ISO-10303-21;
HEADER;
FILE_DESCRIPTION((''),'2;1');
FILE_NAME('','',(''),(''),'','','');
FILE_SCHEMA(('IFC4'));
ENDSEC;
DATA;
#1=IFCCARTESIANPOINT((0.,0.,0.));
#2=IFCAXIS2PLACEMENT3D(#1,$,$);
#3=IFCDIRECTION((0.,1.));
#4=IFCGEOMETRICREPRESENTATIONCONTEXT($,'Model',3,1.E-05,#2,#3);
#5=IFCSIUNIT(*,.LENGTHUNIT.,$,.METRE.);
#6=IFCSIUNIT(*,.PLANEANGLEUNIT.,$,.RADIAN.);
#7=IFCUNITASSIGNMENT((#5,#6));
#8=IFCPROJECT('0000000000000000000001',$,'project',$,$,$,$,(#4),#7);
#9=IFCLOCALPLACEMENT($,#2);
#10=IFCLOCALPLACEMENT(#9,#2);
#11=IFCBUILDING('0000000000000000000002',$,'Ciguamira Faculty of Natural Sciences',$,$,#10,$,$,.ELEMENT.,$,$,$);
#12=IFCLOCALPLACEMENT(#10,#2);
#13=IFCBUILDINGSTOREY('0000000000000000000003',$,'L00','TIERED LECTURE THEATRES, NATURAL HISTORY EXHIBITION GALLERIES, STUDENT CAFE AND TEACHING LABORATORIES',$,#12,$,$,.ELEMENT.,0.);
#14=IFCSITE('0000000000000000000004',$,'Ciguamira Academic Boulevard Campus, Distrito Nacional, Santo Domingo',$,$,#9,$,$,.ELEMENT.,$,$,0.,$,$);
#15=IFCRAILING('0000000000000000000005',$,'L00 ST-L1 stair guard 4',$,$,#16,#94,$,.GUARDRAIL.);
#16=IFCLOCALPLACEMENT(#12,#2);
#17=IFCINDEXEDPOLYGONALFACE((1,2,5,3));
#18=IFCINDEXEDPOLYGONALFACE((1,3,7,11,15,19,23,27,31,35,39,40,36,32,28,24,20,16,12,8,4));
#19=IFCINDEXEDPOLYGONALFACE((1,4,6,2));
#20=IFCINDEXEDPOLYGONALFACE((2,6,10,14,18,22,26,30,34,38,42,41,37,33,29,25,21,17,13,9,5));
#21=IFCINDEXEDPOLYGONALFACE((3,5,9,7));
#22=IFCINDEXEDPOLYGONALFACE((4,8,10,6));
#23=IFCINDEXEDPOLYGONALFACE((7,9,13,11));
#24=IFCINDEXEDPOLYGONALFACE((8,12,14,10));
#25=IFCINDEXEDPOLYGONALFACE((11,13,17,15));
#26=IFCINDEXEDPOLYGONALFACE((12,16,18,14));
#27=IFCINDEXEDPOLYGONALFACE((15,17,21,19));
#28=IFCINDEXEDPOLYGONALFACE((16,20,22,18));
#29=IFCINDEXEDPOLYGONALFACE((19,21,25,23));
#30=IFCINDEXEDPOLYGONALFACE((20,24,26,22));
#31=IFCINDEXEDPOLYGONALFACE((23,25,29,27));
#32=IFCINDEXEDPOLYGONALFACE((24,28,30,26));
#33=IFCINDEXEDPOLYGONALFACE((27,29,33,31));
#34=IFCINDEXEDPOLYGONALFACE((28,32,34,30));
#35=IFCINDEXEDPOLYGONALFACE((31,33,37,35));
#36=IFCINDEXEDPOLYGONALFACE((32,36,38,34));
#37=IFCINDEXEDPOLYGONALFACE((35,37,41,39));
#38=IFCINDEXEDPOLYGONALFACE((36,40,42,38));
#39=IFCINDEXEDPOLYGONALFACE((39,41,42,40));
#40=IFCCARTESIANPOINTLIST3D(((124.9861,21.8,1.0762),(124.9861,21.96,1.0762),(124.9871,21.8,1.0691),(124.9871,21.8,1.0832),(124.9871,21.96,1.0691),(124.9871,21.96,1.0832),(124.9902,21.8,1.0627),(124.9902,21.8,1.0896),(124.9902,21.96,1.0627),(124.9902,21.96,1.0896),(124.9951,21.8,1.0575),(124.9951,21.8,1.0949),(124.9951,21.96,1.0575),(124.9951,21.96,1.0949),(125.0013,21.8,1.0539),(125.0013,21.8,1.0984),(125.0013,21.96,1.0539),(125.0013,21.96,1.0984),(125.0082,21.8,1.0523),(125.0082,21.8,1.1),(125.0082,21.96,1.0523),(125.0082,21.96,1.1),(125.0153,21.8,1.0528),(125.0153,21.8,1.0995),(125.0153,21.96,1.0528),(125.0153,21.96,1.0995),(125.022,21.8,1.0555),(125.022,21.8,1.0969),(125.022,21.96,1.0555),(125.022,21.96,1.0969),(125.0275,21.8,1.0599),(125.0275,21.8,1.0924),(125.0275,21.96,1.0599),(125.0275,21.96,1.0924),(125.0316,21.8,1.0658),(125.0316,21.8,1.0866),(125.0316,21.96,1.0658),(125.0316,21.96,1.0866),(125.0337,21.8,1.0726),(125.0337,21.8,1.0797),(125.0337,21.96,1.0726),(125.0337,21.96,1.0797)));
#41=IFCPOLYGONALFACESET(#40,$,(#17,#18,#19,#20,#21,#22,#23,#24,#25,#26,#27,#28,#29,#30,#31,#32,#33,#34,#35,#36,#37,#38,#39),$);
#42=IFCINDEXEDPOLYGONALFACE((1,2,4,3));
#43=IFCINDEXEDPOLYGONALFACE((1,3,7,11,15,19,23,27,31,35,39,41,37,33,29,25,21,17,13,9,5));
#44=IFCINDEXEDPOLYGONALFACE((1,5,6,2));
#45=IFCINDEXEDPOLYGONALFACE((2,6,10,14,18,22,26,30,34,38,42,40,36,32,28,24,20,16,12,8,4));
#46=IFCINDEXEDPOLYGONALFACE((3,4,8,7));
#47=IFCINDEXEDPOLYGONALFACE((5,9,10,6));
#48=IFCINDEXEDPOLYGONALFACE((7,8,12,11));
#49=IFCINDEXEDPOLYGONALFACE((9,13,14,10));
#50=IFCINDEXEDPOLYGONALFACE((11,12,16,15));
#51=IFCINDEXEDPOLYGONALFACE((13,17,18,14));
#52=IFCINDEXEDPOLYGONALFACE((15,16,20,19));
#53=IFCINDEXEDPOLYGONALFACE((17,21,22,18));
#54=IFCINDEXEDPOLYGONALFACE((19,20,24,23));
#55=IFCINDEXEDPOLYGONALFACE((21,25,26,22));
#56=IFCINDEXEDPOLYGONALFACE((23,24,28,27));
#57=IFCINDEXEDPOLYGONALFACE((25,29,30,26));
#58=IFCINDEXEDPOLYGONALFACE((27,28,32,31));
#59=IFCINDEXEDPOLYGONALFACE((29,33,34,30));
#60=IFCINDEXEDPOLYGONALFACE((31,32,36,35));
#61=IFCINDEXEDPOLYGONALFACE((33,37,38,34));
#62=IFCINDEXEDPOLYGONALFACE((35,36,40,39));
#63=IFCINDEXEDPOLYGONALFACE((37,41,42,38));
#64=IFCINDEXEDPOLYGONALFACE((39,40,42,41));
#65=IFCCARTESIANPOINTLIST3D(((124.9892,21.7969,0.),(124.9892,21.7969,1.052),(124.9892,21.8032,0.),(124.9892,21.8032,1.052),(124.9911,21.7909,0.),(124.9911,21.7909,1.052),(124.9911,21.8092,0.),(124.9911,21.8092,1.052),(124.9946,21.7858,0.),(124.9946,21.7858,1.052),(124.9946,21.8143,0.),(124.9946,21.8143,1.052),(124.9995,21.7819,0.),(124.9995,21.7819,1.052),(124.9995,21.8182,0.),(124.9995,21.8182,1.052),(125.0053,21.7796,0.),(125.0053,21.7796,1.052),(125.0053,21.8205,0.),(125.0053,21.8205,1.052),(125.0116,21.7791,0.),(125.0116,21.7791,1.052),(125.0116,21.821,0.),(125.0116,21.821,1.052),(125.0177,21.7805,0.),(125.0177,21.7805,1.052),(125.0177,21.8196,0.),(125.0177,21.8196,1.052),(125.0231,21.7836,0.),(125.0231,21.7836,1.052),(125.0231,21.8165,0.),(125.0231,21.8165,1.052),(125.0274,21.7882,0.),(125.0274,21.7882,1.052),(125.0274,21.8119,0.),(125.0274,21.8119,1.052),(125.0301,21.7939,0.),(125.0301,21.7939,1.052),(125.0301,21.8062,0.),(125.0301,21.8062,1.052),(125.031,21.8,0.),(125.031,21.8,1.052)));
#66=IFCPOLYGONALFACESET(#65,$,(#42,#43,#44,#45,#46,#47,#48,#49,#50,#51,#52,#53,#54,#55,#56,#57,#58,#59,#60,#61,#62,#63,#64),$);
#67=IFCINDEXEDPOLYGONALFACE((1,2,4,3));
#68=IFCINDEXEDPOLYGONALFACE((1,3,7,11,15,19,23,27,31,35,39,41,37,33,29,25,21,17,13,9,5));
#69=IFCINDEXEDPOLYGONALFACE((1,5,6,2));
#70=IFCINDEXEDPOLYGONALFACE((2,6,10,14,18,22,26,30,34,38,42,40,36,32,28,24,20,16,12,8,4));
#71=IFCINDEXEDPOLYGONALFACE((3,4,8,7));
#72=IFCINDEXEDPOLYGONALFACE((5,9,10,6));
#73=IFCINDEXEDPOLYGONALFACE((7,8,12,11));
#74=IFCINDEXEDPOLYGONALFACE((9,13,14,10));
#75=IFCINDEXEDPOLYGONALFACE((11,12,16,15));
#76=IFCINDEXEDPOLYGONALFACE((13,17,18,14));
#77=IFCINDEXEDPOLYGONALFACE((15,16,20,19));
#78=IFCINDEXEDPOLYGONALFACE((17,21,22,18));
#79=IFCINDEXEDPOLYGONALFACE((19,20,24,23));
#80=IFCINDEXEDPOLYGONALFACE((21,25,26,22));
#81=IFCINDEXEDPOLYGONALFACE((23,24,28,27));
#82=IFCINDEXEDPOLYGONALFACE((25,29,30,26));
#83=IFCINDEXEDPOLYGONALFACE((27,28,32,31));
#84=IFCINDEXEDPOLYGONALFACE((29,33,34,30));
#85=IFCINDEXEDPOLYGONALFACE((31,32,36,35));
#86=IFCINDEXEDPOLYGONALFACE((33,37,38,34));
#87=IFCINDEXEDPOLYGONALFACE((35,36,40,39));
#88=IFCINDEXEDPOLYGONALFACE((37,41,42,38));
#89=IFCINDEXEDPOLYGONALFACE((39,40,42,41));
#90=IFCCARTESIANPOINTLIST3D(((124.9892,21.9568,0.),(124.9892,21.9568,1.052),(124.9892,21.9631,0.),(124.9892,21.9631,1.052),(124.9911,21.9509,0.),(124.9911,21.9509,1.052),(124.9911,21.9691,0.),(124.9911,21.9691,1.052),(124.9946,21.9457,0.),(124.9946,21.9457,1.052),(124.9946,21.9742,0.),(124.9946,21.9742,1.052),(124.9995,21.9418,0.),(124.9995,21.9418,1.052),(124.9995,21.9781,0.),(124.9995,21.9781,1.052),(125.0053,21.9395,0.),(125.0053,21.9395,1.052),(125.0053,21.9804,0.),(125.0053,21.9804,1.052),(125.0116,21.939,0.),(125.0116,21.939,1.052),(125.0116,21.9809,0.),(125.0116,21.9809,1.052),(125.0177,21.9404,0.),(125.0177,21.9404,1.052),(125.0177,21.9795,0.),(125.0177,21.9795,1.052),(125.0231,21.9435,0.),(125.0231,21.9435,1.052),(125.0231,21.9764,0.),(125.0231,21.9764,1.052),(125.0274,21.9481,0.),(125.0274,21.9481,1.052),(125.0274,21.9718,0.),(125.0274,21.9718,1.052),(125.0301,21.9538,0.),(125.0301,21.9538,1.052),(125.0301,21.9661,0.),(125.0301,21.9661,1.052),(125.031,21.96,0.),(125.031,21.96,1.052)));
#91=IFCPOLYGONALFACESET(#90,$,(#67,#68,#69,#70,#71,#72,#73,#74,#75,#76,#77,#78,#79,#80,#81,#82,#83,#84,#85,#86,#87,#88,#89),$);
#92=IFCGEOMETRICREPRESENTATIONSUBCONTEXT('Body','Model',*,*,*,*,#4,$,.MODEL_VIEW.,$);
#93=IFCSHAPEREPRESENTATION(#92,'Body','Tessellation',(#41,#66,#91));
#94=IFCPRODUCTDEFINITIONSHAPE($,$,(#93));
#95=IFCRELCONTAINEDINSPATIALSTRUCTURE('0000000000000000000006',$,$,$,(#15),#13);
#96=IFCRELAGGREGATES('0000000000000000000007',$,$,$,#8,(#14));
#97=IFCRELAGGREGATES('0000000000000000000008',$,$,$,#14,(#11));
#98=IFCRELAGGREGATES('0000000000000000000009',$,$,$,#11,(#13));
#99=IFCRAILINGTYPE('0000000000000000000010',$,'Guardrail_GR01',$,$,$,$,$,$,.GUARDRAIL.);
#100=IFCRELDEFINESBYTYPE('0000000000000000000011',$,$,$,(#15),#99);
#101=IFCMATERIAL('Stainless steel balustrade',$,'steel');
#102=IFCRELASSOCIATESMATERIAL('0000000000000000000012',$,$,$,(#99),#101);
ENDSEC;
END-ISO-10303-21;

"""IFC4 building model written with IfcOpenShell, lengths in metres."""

from ifc_helpers import new_model, si_unit, direction, frame, origin, origin_2d, place, context, subcontext, project, spatial, circle, extrude, material, type_object, element, save


model = new_model("IFC4")

# Units and contexts
model_context = context("Model", 3, precision=1e-05, world=origin(), true_north=direction((0.0, 1.0)))
body_context = subcontext(model_context, "Body", "Model", "MODEL_VIEW")
ifc_project = project(units=[si_unit("LENGTHUNIT", "METRE"), si_unit("PLANEANGLEUNIT", "RADIAN")], contexts=[model_context])

# Site, building, storey
site_placement = place(None, origin())
site = spatial("IfcSite", under=ifc_project, at=site_placement, Name="Ciguamira Academic Boulevard Campus, Distrito Nacional, Santo Domingo", CompositionType="ELEMENT", RefElevation=0.0)
building_placement = place(site_placement, origin())
building = spatial("IfcBuilding", under=site, at=building_placement, Name="Ciguamira Faculty of Natural Sciences", CompositionType="ELEMENT")
storey_placement = place(building_placement, origin())
storey = spatial("IfcBuildingStorey", under=building, at=storey_placement, Name="L00", Description="TIERED LECTURE THEATRES, NATURAL HISTORY EXHIBITION GALLERIES, STUDENT CAFE AND TEACHING LABORATORIES", CompositionType="ELEMENT", Elevation=0.0)

# Railing
ifc_material_1 = material(Name="Stainless steel balustrade", Category="steel")
railing_type_1 = type_object("IfcRailingType", Name="Guardrail_GR01", PredefinedType="GUARDRAIL", material=ifc_material_1)
railing_1_placement = place(storey_placement, frame((125.01, 21.8, 0.0)))
element("IfcRailing", 1, at=railing_1_placement, inside=storey, type_object=railing_type_1, Name="L00 ST-L1 stair guard 4", PredefinedType="GUARDRAIL", context=body_context, shape_type="SweptSolid", body=[
    extrude(circle(Radius=0.0239, at=origin_2d()), frame((0.0, 0.0, 1.0762), z_axis=(0.0, 1.0, 0.0), x_axis=(-1.0, 0.0, 0.0)), (0.0, 0.0, 1.0), 0.1599),
    extrude(circle(Radius=0.021, at=origin_2d()), origin(), (0.0, 0.0, 1.0), 1.052),
    extrude(circle(Radius=0.021, at=origin_2d()), frame((0.0, 0.1599, 0.0)), (0.0, 0.0, 1.0), 1.052),
])

save(model, "model.ifc")
